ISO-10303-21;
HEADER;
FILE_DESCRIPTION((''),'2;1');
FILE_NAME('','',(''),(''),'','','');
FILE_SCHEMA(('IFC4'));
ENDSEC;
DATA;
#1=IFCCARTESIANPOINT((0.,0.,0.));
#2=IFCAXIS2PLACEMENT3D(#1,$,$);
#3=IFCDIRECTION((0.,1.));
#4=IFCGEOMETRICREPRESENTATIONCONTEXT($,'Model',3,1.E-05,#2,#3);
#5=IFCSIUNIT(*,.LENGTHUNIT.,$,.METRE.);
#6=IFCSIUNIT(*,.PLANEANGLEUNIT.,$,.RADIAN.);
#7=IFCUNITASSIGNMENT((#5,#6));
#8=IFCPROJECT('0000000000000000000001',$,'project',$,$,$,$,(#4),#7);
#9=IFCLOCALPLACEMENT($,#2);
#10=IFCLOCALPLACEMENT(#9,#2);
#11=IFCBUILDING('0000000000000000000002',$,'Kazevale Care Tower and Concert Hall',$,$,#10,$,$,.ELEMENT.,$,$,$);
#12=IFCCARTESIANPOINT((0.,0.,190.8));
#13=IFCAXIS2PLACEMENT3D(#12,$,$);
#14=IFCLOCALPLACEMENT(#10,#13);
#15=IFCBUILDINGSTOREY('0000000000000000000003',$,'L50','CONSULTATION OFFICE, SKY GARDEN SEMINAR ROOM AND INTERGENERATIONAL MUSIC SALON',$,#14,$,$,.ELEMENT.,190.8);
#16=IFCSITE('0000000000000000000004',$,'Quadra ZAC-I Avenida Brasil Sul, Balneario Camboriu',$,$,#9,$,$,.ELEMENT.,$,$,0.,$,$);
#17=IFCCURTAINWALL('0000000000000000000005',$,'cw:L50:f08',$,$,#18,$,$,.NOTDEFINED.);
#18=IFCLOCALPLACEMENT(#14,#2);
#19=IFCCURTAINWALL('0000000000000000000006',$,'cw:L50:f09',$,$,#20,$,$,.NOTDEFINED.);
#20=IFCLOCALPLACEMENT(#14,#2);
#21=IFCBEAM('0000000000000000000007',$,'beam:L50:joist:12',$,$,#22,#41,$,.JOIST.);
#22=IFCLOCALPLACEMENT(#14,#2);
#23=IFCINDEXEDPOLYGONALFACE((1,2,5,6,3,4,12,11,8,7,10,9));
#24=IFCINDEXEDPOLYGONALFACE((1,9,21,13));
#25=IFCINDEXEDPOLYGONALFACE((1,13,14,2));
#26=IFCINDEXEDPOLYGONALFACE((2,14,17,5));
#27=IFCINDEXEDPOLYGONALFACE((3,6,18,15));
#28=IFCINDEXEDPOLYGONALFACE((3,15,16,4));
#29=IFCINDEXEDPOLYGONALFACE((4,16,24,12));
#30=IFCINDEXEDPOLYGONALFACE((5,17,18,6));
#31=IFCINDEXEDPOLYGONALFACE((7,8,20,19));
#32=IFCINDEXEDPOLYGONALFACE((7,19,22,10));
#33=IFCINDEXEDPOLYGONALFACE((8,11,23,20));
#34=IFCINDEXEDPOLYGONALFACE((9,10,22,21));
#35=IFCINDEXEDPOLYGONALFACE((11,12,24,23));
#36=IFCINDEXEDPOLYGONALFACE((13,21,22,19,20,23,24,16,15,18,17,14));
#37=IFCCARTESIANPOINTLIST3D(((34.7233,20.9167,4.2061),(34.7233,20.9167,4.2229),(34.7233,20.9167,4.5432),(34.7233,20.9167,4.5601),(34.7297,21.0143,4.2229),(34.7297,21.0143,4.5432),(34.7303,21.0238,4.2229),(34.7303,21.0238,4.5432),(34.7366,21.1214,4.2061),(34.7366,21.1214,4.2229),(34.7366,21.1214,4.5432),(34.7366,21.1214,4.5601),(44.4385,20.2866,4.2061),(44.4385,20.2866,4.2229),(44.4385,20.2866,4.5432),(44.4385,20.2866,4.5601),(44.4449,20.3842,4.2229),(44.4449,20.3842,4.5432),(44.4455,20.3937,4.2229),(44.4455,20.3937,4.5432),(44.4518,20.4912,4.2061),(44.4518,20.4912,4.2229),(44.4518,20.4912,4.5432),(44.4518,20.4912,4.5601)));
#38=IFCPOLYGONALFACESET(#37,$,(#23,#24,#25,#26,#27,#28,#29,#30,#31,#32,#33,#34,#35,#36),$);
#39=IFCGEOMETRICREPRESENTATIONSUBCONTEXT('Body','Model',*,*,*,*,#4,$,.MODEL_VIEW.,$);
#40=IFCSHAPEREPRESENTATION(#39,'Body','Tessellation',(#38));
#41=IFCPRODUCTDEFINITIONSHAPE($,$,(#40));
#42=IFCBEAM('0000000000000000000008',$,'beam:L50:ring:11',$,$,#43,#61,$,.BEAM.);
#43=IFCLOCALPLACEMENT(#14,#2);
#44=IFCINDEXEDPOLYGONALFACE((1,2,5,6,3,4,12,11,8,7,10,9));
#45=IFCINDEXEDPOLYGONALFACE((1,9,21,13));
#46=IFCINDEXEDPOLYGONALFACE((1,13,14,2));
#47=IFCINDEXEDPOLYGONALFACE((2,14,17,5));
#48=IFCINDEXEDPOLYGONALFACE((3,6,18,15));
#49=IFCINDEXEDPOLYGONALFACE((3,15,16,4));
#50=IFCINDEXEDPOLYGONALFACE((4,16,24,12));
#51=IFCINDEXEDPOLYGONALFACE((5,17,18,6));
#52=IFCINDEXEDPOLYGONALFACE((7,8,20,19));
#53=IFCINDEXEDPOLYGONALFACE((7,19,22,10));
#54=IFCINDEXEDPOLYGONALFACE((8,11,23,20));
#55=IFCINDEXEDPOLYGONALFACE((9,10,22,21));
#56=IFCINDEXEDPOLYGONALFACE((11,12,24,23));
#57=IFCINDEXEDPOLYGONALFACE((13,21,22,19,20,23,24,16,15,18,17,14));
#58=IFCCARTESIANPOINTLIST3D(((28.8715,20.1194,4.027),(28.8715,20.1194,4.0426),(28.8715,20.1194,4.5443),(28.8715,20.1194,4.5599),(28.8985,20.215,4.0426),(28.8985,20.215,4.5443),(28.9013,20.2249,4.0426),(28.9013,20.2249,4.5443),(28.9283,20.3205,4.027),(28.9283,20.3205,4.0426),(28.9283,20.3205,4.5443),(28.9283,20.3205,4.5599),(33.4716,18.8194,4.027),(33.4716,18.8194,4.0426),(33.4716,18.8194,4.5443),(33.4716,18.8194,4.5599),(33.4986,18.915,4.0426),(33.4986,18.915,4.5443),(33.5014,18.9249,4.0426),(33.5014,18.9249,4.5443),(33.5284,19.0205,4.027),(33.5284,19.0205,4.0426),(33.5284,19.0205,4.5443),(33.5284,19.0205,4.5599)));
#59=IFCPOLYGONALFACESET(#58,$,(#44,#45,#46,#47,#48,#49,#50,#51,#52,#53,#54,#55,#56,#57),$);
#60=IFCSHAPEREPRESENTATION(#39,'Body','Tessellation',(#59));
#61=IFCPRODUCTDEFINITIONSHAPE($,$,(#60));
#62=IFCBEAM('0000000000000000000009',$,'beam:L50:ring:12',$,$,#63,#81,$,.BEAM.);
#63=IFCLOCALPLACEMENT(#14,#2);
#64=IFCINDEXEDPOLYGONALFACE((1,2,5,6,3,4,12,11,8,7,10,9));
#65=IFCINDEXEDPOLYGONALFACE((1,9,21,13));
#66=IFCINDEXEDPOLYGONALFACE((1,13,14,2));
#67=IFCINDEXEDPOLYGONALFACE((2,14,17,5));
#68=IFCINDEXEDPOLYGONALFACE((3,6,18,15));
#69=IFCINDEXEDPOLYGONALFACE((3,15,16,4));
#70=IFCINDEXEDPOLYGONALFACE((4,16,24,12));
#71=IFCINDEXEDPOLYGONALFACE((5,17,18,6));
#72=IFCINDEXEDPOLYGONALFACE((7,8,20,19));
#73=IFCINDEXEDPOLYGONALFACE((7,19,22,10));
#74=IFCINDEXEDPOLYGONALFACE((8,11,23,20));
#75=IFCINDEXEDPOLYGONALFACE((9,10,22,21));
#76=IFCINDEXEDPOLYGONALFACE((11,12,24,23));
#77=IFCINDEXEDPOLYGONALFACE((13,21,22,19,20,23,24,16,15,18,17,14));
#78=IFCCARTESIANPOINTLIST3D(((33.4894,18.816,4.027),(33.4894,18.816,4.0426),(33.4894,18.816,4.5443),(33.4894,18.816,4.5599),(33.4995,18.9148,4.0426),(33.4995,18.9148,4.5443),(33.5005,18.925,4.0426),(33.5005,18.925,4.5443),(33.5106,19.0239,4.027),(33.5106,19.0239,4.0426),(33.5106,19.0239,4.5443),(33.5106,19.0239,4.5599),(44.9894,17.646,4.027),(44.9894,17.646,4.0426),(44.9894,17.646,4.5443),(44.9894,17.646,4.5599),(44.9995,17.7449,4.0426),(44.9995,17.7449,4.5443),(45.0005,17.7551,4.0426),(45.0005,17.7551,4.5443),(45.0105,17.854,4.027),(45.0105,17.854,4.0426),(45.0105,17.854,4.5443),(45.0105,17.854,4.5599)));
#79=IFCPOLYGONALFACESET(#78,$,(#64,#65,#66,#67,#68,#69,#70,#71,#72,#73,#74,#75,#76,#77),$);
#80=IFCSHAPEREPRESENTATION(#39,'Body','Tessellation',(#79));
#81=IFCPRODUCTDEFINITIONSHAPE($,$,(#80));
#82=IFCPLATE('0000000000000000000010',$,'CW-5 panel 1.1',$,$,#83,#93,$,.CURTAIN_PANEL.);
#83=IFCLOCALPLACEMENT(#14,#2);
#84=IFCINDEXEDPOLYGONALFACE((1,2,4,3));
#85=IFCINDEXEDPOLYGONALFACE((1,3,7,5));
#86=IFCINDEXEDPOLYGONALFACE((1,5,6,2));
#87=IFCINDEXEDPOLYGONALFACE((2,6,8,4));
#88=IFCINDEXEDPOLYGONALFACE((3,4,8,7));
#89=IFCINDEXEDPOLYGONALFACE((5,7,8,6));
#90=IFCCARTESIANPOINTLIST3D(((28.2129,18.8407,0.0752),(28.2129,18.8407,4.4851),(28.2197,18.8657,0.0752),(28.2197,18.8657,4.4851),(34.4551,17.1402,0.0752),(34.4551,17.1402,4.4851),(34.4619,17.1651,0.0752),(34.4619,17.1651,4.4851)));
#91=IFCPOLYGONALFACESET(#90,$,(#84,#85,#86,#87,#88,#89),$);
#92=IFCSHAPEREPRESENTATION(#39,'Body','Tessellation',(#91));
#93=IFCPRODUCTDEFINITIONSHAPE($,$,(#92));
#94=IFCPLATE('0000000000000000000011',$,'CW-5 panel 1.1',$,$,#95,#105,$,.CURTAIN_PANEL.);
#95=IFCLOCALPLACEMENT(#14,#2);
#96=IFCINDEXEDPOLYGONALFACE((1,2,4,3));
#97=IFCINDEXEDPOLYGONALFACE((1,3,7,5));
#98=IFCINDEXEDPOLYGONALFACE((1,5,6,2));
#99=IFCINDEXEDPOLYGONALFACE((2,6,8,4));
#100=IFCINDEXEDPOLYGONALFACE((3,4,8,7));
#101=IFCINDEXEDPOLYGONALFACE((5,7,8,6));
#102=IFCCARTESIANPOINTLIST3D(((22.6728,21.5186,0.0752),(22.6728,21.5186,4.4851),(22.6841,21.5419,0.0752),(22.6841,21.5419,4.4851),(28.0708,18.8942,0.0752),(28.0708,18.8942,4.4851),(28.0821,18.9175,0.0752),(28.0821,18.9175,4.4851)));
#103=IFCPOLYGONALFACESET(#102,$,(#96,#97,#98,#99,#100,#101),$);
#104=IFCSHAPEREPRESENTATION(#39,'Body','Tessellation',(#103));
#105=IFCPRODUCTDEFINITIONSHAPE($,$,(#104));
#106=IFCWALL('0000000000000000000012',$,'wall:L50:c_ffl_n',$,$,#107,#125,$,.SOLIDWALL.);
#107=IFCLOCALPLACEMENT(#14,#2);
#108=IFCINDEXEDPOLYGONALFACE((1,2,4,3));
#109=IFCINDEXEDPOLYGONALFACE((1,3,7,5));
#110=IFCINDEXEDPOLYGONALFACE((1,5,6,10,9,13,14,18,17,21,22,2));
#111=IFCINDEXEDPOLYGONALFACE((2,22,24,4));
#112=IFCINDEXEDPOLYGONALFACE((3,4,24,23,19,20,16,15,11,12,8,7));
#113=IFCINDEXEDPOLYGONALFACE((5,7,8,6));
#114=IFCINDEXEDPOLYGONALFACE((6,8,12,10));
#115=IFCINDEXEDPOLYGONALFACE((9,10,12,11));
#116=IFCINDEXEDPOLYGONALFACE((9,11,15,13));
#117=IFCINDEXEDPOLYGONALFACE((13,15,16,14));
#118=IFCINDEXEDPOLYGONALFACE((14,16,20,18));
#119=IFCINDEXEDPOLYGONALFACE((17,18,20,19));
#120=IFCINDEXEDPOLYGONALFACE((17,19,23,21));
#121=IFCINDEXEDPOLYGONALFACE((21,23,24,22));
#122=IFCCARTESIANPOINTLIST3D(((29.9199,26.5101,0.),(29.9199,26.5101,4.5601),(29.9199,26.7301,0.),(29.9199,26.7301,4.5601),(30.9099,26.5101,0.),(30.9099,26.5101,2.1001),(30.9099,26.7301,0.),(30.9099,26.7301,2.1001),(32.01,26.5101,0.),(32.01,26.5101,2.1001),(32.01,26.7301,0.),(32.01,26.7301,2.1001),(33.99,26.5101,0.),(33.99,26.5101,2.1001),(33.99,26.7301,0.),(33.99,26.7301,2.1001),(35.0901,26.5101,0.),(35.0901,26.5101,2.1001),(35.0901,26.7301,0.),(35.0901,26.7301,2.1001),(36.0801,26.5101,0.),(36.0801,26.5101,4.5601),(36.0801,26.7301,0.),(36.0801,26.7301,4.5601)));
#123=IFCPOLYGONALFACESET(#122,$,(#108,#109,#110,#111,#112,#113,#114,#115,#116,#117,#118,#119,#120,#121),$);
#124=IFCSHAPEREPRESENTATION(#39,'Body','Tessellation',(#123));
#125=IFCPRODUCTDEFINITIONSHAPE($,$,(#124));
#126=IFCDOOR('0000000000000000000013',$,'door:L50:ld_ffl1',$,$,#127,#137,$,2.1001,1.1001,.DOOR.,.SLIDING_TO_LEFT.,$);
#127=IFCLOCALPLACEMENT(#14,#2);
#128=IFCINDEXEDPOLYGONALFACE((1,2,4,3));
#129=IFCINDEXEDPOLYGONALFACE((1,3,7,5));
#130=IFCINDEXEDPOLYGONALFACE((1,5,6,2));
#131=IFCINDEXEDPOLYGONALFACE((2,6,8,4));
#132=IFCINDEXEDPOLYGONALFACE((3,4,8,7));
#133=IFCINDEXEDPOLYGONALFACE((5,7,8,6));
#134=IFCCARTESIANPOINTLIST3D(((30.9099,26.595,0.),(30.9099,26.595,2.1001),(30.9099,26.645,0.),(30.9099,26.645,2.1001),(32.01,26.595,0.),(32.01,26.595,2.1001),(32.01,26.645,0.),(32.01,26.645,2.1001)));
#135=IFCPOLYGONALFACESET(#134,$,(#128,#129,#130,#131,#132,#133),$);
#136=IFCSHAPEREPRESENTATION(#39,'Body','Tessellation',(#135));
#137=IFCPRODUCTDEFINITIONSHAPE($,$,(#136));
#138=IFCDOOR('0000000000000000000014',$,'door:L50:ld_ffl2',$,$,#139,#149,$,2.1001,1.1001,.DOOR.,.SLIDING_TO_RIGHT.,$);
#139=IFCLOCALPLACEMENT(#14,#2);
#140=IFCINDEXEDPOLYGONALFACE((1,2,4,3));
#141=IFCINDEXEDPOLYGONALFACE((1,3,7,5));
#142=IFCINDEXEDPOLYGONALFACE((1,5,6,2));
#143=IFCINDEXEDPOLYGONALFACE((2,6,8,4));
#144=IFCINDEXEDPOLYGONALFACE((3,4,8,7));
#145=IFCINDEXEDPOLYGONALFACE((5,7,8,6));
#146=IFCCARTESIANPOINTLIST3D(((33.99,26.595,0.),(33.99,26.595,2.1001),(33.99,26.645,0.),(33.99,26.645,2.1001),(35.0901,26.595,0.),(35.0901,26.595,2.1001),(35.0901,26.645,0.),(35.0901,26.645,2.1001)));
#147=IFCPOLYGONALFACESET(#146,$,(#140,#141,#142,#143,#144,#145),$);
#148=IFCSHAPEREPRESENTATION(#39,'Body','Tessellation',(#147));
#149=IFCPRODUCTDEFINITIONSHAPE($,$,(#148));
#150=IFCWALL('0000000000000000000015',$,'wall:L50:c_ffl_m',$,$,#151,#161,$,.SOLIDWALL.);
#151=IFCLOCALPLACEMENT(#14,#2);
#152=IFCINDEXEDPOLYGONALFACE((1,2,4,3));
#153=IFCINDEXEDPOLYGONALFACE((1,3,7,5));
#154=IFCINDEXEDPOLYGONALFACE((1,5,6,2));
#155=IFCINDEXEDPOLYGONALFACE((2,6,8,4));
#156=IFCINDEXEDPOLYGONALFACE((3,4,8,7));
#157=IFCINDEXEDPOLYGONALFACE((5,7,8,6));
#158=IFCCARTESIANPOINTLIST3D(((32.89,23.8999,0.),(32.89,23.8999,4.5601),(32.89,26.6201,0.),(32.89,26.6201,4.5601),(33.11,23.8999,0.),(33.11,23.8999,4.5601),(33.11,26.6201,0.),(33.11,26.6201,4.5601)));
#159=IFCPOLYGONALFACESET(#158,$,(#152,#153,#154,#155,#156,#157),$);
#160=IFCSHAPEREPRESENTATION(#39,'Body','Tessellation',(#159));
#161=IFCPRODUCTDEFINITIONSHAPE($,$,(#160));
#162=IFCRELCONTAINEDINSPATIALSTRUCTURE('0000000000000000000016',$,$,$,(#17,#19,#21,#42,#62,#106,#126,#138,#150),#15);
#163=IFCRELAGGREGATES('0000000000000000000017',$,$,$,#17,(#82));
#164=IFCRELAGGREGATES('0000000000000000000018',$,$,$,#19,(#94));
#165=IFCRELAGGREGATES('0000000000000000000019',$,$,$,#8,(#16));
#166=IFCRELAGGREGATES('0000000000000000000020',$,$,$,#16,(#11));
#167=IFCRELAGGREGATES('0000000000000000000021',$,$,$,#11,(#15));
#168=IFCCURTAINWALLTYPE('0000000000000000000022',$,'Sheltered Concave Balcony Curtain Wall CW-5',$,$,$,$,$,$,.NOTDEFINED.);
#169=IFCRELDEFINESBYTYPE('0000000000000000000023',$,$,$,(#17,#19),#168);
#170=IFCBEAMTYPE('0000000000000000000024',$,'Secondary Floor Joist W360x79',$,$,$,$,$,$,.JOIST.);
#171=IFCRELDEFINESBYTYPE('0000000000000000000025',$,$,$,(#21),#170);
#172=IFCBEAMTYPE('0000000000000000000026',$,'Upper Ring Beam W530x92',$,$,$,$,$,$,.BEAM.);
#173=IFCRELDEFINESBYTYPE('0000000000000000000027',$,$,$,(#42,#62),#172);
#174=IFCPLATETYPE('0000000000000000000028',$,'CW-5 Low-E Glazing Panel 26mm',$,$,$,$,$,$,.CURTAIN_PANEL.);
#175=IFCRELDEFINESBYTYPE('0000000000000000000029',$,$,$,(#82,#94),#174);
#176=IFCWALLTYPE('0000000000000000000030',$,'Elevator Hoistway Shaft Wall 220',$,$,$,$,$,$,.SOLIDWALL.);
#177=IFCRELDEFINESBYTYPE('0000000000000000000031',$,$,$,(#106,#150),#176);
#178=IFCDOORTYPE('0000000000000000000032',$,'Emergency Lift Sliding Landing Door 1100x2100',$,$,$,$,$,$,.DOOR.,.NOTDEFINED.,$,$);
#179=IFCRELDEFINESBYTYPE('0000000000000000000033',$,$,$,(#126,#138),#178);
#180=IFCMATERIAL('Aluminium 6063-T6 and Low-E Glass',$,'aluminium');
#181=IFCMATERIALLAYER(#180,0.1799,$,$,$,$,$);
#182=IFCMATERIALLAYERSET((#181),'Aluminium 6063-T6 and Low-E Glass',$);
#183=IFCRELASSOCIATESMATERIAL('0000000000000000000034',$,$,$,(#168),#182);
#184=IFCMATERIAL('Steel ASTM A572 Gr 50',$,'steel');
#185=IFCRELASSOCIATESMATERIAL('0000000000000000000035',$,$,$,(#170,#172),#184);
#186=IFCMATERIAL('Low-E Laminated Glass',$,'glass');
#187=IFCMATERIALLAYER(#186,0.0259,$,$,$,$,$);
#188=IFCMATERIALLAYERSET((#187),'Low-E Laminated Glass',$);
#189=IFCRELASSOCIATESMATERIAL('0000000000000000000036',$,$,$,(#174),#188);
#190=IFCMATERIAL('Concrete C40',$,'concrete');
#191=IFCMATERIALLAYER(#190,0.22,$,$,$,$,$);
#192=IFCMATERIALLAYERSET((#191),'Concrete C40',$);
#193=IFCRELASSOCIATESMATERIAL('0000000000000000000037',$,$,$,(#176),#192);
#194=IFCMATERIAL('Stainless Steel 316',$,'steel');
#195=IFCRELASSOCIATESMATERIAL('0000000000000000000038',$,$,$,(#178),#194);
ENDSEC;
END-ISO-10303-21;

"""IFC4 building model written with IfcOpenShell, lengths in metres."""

from ifc_helpers import new_model, si_unit, direction, frame, frame_2d, origin, origin_2d, place, context, subcontext, project, spatial, rectangle, i_section, extrude, material, layer, layer_set, material_profile, profile_set, type_object, element, fill, aggregate, save


model = new_model("IFC4")

# Units and contexts
model_context = context("Model", 3, precision=1e-05, world=origin(), true_north=direction((0.0, 1.0)))
body_context = subcontext(model_context, "Body", "Model", "MODEL_VIEW")
ifc_project = project(units=[si_unit("LENGTHUNIT", "METRE"), si_unit("PLANEANGLEUNIT", "RADIAN")], contexts=[model_context])

# Site, building, storey
site_placement = place(None, origin())
site = spatial("IfcSite", under=ifc_project, at=site_placement, Name="Quadra ZAC-I Avenida Brasil Sul, Balneario Camboriu", CompositionType="ELEMENT", RefElevation=0.0)
building_placement = place(site_placement, origin())
building = spatial("IfcBuilding", under=site, at=building_placement, Name="Kazevale Care Tower and Concert Hall", CompositionType="ELEMENT")
storey_placement = place(building_placement, frame((0.0, 0.0, 190.8)))
storey = spatial("IfcBuildingStorey", under=building, at=storey_placement, Name="L50", Description="CONSULTATION OFFICE, SKY GARDEN SEMINAR ROOM AND INTERGENERATIONAL MUSIC SALON", CompositionType="ELEMENT", Elevation=190.8)

# Shared definitions
ifc_material_1 = material(Name="Aluminium 6063-T6 and Low-E Glass", Category="aluminium")
ifc_layer_1 = layer(ifc_material_1, 0.1799)
ifc_layer_set_1 = layer_set([ifc_layer_1], Name="Aluminium 6063-T6 and Low-E Glass")
curtain_wall_type = type_object("IfcCurtainWallType", Name="Sheltered Concave Balcony Curtain Wall CW-5", PredefinedType="NOTDEFINED", material=ifc_layer_set_1)

# Curtain wall
curtain_wall_1_placement = place(storey_placement, origin())
curtain_wall_1 = element("IfcCurtainWall", 1, at=curtain_wall_1_placement, inside=storey, type_object=curtain_wall_type, Name="cw:L50:f08", PredefinedType="NOTDEFINED")

# Curtain wall
curtain_wall_2_placement = place(storey_placement, origin())
curtain_wall_2 = element("IfcCurtainWall", 2, at=curtain_wall_2_placement, inside=storey, type_object=curtain_wall_type, Name="cw:L50:f09", PredefinedType="NOTDEFINED")

# Beams
ifc_material_2 = material(Name="Steel ASTM A572 Gr 50", Category="steel")
ifc_material_profile_1 = material_profile(ifc_material_2, i_section(OverallWidth=0.2051, OverallDepth=0.354, WebThickness=0.0095, FlangeThickness=0.0168, at=origin_2d()), Name="W360x79")
ifc_profile_set_1 = profile_set([ifc_material_profile_1], Name="Steel ASTM A572 Gr 50")
beam_type_1 = type_object("IfcBeamType", Name="Secondary Floor Joist W360x79", PredefinedType="JOIST", material=ifc_profile_set_1)
beam_1_placement = place(storey_placement, frame((34.73, 21.019, 4.3831), z_axis=(0.997903, -0.064725, 0.0), x_axis=(0.064725, 0.997903, 0.0)))
element("IfcBeam", 3, at=beam_1_placement, inside=storey, type_object=beam_type_1, Name="beam:L50:joist:12", PredefinedType="JOIST", context=body_context, shape_type="SweptSolid", body=[
    extrude(i_section(OverallWidth=0.2051, OverallDepth=0.354, WebThickness=0.0095, FlangeThickness=0.0168, at=origin_2d()), origin(), (0.0, 0.0, 1.0), 9.7356),
])
ifc_material_profile_2 = material_profile(ifc_material_2, i_section(OverallWidth=0.209, OverallDepth=0.533, WebThickness=0.0103, FlangeThickness=0.0156, at=origin_2d()), Name="W530x92")
ifc_profile_set_2 = profile_set([ifc_material_profile_2], Name="Steel ASTM A572 Gr 50")
beam_type_2 = type_object("IfcBeamType", Name="Upper Ring Beam W530x92", PredefinedType="BEAM", material=ifc_profile_set_2)
beam_2_placement = place(storey_placement, frame((28.8999, 20.22, 4.2935), z_axis=(0.962308, -0.271961, 0.0), x_axis=(0.271961, 0.962308, 0.0)))
element("IfcBeam", 4, at=beam_2_placement, inside=storey, type_object=beam_type_2, Name="beam:L50:ring:11", PredefinedType="BEAM", context=body_context, shape_type="SweptSolid", body=[
    extrude(i_section(OverallWidth=0.209, OverallDepth=0.533, WebThickness=0.0103, FlangeThickness=0.0156, at=origin_2d()), origin(), (0.0, 0.0, 1.0), 4.7803),
])
beam_3_placement = place(storey_placement, frame((33.5, 18.9199, 4.2935), z_axis=(0.994865, -0.10121, 0.0), x_axis=(0.10121, 0.994865, 0.0)))
element("IfcBeam", 5, at=beam_3_placement, inside=storey, type_object=beam_type_2, Name="beam:L50:ring:12", PredefinedType="BEAM", context=body_context, shape_type="SweptSolid", body=[
    extrude(i_section(OverallWidth=0.209, OverallDepth=0.533, WebThickness=0.0103, FlangeThickness=0.0156, at=origin_2d()), origin(), (0.0, 0.0, 1.0), 11.5593),
])

# Plates
ifc_material_3 = material(Name="Low-E Laminated Glass", Category="glass")
ifc_layer_2 = layer(ifc_material_3, 0.0259)
ifc_layer_set_2 = layer_set([ifc_layer_2], Name="Low-E Laminated Glass")
plate_type = type_object("IfcPlateType", Name="CW-5 Low-E Glazing Panel 26mm", PredefinedType="CURTAIN_PANEL", material=ifc_layer_set_2)
plate_1_placement = place(storey_placement, frame((31.3374, 18.0029, 0.0752), z_axis=(0.0, 0.0, 1.0), x_axis=(-0.964837, 0.262849, 0.0)))
plate_1 = element("IfcPlate", 6, at=plate_1_placement, type_object=plate_type, Name="CW-5 panel 1.1", PredefinedType="CURTAIN_PANEL", context=body_context, shape_type="SweptSolid", body=[
    extrude(rectangle(XDim=6.4697, YDim=0.0259, at=origin_2d()), origin(), (0.0, 0.0, 1.0), 4.4099),
])
aggregate(curtain_wall_1, [plate_1])
plate_2_placement = place(storey_placement, frame((25.3774, 20.218, 0.0752), z_axis=(0.0, 0.0, 1.0), x_axis=(-0.899346, 0.437238, 0.0)))
plate_2 = element("IfcPlate", 7, at=plate_2_placement, type_object=plate_type, Name="CW-5 panel 1.1", PredefinedType="CURTAIN_PANEL", context=body_context, shape_type="SweptSolid", body=[
    extrude(rectangle(XDim=6.0022, YDim=0.0259, at=origin_2d()), origin(), (0.0, 0.0, 1.0), 4.4099),
])
aggregate(curtain_wall_2, [plate_2])

# Wall, openings, doors
ifc_material_4 = material(Name="Concrete C40", Category="concrete")
ifc_layer_3 = layer(ifc_material_4, 0.22)
ifc_layer_set_3 = layer_set([ifc_layer_3], Name="Concrete C40")
wall_type_1 = type_object("IfcWallType", Name="Elevator Hoistway Shaft Wall 220", PredefinedType="SOLIDWALL", material=ifc_layer_set_3)
wall_1_placement = place(storey_placement, frame((29.9199, 26.6201, 0.0), z_axis=(0.0, 0.0, 1.0), x_axis=(1.0, 0.0, 0.0)))
wall_1 = element("IfcWall", 8, at=wall_1_placement, inside=storey, type_object=wall_type_1, Name="wall:L50:c_ffl_n", PredefinedType="SOLIDWALL", context=body_context, shape_type="SweptSolid", body=[
    extrude(rectangle(XDim=6.1602, YDim=0.22, at=frame_2d((3.0801, 0.0))), origin(), (0.0, 0.0, 1.0), 4.5601),
])
opening_1_placement = place(wall_1_placement, frame((0.99, 0.0, 0.0)))
opening_1 = element("IfcOpeningElement", 9, at=opening_1_placement, cuts=wall_1, PredefinedType="OPENING", context=body_context, shape_type="SweptSolid", body=[
    extrude(rectangle(XDim=1.1001, YDim=2.1001, at=frame_2d((0.55, 1.05))), frame((0.0, 0.1199, 0.0), z_axis=(0.0, -1.0, 0.0), x_axis=(1.0, 0.0, 0.0)), (0.0, 0.0, 1.0), 0.24),
])
opening_2_placement = place(wall_1_placement, frame((4.0701, 0.0, 0.0)))
opening_2 = element("IfcOpeningElement", 10, at=opening_2_placement, cuts=wall_1, PredefinedType="OPENING", context=body_context, shape_type="SweptSolid", body=[
    extrude(rectangle(XDim=1.1001, YDim=2.1001, at=frame_2d((0.55, 1.05))), frame((0.0, 0.1199, 0.0), z_axis=(0.0, -1.0, 0.0), x_axis=(1.0, 0.0, 0.0)), (0.0, 0.0, 1.0), 0.24),
])
ifc_material_5 = material(Name="Stainless Steel 316", Category="steel")
door_type_1 = type_object("IfcDoorType", Name="Emergency Lift Sliding Landing Door 1100x2100", OperationType="NOTDEFINED", PredefinedType="DOOR", material=ifc_material_5)
door_1_placement = place(opening_1_placement, origin())
door_1 = element("IfcDoor", 11, at=door_1_placement, inside=storey, type_object=door_type_1, Name="door:L50:ld_ffl1", OperationType="SLIDING_TO_LEFT", OverallHeight=2.1001, OverallWidth=1.1001, PredefinedType="DOOR", context=body_context, shape_type="SweptSolid", body=[
    extrude(rectangle(XDim=1.1001, YDim=2.1001, at=frame_2d((0.55, 1.05))), frame((0.0, 0.0249, 0.0), z_axis=(0.0, -1.0, 0.0), x_axis=(1.0, 0.0, 0.0)), (0.0, 0.0, 1.0), 0.05),
])
fill(opening_1, door_1)
door_2_placement = place(opening_2_placement, origin())
door_2 = element("IfcDoor", 12, at=door_2_placement, inside=storey, type_object=door_type_1, Name="door:L50:ld_ffl2", OperationType="SLIDING_TO_RIGHT", OverallHeight=2.1001, OverallWidth=1.1001, PredefinedType="DOOR", context=body_context, shape_type="SweptSolid", body=[
    extrude(rectangle(XDim=1.1001, YDim=2.1001, at=frame_2d((0.55, 1.05))), frame((0.0, 0.0249, 0.0), z_axis=(0.0, -1.0, 0.0), x_axis=(1.0, 0.0, 0.0)), (0.0, 0.0, 1.0), 0.05),
])
fill(opening_2, door_2)

# Wall
wall_2_placement = place(storey_placement, frame((33.0, 23.8999, 0.0), z_axis=(0.0, 0.0, 1.0), x_axis=(0.0, 1.0, 0.0)))
element("IfcWall", 13, at=wall_2_placement, inside=storey, type_object=wall_type_1, Name="wall:L50:c_ffl_m", PredefinedType="SOLIDWALL", context=body_context, shape_type="SweptSolid", body=[
    extrude(rectangle(XDim=2.7202, YDim=0.22, at=frame_2d((1.3601, 0.0))), origin(), (0.0, 0.0, 1.0), 4.5601),
])

save(model, "model.ifc")
